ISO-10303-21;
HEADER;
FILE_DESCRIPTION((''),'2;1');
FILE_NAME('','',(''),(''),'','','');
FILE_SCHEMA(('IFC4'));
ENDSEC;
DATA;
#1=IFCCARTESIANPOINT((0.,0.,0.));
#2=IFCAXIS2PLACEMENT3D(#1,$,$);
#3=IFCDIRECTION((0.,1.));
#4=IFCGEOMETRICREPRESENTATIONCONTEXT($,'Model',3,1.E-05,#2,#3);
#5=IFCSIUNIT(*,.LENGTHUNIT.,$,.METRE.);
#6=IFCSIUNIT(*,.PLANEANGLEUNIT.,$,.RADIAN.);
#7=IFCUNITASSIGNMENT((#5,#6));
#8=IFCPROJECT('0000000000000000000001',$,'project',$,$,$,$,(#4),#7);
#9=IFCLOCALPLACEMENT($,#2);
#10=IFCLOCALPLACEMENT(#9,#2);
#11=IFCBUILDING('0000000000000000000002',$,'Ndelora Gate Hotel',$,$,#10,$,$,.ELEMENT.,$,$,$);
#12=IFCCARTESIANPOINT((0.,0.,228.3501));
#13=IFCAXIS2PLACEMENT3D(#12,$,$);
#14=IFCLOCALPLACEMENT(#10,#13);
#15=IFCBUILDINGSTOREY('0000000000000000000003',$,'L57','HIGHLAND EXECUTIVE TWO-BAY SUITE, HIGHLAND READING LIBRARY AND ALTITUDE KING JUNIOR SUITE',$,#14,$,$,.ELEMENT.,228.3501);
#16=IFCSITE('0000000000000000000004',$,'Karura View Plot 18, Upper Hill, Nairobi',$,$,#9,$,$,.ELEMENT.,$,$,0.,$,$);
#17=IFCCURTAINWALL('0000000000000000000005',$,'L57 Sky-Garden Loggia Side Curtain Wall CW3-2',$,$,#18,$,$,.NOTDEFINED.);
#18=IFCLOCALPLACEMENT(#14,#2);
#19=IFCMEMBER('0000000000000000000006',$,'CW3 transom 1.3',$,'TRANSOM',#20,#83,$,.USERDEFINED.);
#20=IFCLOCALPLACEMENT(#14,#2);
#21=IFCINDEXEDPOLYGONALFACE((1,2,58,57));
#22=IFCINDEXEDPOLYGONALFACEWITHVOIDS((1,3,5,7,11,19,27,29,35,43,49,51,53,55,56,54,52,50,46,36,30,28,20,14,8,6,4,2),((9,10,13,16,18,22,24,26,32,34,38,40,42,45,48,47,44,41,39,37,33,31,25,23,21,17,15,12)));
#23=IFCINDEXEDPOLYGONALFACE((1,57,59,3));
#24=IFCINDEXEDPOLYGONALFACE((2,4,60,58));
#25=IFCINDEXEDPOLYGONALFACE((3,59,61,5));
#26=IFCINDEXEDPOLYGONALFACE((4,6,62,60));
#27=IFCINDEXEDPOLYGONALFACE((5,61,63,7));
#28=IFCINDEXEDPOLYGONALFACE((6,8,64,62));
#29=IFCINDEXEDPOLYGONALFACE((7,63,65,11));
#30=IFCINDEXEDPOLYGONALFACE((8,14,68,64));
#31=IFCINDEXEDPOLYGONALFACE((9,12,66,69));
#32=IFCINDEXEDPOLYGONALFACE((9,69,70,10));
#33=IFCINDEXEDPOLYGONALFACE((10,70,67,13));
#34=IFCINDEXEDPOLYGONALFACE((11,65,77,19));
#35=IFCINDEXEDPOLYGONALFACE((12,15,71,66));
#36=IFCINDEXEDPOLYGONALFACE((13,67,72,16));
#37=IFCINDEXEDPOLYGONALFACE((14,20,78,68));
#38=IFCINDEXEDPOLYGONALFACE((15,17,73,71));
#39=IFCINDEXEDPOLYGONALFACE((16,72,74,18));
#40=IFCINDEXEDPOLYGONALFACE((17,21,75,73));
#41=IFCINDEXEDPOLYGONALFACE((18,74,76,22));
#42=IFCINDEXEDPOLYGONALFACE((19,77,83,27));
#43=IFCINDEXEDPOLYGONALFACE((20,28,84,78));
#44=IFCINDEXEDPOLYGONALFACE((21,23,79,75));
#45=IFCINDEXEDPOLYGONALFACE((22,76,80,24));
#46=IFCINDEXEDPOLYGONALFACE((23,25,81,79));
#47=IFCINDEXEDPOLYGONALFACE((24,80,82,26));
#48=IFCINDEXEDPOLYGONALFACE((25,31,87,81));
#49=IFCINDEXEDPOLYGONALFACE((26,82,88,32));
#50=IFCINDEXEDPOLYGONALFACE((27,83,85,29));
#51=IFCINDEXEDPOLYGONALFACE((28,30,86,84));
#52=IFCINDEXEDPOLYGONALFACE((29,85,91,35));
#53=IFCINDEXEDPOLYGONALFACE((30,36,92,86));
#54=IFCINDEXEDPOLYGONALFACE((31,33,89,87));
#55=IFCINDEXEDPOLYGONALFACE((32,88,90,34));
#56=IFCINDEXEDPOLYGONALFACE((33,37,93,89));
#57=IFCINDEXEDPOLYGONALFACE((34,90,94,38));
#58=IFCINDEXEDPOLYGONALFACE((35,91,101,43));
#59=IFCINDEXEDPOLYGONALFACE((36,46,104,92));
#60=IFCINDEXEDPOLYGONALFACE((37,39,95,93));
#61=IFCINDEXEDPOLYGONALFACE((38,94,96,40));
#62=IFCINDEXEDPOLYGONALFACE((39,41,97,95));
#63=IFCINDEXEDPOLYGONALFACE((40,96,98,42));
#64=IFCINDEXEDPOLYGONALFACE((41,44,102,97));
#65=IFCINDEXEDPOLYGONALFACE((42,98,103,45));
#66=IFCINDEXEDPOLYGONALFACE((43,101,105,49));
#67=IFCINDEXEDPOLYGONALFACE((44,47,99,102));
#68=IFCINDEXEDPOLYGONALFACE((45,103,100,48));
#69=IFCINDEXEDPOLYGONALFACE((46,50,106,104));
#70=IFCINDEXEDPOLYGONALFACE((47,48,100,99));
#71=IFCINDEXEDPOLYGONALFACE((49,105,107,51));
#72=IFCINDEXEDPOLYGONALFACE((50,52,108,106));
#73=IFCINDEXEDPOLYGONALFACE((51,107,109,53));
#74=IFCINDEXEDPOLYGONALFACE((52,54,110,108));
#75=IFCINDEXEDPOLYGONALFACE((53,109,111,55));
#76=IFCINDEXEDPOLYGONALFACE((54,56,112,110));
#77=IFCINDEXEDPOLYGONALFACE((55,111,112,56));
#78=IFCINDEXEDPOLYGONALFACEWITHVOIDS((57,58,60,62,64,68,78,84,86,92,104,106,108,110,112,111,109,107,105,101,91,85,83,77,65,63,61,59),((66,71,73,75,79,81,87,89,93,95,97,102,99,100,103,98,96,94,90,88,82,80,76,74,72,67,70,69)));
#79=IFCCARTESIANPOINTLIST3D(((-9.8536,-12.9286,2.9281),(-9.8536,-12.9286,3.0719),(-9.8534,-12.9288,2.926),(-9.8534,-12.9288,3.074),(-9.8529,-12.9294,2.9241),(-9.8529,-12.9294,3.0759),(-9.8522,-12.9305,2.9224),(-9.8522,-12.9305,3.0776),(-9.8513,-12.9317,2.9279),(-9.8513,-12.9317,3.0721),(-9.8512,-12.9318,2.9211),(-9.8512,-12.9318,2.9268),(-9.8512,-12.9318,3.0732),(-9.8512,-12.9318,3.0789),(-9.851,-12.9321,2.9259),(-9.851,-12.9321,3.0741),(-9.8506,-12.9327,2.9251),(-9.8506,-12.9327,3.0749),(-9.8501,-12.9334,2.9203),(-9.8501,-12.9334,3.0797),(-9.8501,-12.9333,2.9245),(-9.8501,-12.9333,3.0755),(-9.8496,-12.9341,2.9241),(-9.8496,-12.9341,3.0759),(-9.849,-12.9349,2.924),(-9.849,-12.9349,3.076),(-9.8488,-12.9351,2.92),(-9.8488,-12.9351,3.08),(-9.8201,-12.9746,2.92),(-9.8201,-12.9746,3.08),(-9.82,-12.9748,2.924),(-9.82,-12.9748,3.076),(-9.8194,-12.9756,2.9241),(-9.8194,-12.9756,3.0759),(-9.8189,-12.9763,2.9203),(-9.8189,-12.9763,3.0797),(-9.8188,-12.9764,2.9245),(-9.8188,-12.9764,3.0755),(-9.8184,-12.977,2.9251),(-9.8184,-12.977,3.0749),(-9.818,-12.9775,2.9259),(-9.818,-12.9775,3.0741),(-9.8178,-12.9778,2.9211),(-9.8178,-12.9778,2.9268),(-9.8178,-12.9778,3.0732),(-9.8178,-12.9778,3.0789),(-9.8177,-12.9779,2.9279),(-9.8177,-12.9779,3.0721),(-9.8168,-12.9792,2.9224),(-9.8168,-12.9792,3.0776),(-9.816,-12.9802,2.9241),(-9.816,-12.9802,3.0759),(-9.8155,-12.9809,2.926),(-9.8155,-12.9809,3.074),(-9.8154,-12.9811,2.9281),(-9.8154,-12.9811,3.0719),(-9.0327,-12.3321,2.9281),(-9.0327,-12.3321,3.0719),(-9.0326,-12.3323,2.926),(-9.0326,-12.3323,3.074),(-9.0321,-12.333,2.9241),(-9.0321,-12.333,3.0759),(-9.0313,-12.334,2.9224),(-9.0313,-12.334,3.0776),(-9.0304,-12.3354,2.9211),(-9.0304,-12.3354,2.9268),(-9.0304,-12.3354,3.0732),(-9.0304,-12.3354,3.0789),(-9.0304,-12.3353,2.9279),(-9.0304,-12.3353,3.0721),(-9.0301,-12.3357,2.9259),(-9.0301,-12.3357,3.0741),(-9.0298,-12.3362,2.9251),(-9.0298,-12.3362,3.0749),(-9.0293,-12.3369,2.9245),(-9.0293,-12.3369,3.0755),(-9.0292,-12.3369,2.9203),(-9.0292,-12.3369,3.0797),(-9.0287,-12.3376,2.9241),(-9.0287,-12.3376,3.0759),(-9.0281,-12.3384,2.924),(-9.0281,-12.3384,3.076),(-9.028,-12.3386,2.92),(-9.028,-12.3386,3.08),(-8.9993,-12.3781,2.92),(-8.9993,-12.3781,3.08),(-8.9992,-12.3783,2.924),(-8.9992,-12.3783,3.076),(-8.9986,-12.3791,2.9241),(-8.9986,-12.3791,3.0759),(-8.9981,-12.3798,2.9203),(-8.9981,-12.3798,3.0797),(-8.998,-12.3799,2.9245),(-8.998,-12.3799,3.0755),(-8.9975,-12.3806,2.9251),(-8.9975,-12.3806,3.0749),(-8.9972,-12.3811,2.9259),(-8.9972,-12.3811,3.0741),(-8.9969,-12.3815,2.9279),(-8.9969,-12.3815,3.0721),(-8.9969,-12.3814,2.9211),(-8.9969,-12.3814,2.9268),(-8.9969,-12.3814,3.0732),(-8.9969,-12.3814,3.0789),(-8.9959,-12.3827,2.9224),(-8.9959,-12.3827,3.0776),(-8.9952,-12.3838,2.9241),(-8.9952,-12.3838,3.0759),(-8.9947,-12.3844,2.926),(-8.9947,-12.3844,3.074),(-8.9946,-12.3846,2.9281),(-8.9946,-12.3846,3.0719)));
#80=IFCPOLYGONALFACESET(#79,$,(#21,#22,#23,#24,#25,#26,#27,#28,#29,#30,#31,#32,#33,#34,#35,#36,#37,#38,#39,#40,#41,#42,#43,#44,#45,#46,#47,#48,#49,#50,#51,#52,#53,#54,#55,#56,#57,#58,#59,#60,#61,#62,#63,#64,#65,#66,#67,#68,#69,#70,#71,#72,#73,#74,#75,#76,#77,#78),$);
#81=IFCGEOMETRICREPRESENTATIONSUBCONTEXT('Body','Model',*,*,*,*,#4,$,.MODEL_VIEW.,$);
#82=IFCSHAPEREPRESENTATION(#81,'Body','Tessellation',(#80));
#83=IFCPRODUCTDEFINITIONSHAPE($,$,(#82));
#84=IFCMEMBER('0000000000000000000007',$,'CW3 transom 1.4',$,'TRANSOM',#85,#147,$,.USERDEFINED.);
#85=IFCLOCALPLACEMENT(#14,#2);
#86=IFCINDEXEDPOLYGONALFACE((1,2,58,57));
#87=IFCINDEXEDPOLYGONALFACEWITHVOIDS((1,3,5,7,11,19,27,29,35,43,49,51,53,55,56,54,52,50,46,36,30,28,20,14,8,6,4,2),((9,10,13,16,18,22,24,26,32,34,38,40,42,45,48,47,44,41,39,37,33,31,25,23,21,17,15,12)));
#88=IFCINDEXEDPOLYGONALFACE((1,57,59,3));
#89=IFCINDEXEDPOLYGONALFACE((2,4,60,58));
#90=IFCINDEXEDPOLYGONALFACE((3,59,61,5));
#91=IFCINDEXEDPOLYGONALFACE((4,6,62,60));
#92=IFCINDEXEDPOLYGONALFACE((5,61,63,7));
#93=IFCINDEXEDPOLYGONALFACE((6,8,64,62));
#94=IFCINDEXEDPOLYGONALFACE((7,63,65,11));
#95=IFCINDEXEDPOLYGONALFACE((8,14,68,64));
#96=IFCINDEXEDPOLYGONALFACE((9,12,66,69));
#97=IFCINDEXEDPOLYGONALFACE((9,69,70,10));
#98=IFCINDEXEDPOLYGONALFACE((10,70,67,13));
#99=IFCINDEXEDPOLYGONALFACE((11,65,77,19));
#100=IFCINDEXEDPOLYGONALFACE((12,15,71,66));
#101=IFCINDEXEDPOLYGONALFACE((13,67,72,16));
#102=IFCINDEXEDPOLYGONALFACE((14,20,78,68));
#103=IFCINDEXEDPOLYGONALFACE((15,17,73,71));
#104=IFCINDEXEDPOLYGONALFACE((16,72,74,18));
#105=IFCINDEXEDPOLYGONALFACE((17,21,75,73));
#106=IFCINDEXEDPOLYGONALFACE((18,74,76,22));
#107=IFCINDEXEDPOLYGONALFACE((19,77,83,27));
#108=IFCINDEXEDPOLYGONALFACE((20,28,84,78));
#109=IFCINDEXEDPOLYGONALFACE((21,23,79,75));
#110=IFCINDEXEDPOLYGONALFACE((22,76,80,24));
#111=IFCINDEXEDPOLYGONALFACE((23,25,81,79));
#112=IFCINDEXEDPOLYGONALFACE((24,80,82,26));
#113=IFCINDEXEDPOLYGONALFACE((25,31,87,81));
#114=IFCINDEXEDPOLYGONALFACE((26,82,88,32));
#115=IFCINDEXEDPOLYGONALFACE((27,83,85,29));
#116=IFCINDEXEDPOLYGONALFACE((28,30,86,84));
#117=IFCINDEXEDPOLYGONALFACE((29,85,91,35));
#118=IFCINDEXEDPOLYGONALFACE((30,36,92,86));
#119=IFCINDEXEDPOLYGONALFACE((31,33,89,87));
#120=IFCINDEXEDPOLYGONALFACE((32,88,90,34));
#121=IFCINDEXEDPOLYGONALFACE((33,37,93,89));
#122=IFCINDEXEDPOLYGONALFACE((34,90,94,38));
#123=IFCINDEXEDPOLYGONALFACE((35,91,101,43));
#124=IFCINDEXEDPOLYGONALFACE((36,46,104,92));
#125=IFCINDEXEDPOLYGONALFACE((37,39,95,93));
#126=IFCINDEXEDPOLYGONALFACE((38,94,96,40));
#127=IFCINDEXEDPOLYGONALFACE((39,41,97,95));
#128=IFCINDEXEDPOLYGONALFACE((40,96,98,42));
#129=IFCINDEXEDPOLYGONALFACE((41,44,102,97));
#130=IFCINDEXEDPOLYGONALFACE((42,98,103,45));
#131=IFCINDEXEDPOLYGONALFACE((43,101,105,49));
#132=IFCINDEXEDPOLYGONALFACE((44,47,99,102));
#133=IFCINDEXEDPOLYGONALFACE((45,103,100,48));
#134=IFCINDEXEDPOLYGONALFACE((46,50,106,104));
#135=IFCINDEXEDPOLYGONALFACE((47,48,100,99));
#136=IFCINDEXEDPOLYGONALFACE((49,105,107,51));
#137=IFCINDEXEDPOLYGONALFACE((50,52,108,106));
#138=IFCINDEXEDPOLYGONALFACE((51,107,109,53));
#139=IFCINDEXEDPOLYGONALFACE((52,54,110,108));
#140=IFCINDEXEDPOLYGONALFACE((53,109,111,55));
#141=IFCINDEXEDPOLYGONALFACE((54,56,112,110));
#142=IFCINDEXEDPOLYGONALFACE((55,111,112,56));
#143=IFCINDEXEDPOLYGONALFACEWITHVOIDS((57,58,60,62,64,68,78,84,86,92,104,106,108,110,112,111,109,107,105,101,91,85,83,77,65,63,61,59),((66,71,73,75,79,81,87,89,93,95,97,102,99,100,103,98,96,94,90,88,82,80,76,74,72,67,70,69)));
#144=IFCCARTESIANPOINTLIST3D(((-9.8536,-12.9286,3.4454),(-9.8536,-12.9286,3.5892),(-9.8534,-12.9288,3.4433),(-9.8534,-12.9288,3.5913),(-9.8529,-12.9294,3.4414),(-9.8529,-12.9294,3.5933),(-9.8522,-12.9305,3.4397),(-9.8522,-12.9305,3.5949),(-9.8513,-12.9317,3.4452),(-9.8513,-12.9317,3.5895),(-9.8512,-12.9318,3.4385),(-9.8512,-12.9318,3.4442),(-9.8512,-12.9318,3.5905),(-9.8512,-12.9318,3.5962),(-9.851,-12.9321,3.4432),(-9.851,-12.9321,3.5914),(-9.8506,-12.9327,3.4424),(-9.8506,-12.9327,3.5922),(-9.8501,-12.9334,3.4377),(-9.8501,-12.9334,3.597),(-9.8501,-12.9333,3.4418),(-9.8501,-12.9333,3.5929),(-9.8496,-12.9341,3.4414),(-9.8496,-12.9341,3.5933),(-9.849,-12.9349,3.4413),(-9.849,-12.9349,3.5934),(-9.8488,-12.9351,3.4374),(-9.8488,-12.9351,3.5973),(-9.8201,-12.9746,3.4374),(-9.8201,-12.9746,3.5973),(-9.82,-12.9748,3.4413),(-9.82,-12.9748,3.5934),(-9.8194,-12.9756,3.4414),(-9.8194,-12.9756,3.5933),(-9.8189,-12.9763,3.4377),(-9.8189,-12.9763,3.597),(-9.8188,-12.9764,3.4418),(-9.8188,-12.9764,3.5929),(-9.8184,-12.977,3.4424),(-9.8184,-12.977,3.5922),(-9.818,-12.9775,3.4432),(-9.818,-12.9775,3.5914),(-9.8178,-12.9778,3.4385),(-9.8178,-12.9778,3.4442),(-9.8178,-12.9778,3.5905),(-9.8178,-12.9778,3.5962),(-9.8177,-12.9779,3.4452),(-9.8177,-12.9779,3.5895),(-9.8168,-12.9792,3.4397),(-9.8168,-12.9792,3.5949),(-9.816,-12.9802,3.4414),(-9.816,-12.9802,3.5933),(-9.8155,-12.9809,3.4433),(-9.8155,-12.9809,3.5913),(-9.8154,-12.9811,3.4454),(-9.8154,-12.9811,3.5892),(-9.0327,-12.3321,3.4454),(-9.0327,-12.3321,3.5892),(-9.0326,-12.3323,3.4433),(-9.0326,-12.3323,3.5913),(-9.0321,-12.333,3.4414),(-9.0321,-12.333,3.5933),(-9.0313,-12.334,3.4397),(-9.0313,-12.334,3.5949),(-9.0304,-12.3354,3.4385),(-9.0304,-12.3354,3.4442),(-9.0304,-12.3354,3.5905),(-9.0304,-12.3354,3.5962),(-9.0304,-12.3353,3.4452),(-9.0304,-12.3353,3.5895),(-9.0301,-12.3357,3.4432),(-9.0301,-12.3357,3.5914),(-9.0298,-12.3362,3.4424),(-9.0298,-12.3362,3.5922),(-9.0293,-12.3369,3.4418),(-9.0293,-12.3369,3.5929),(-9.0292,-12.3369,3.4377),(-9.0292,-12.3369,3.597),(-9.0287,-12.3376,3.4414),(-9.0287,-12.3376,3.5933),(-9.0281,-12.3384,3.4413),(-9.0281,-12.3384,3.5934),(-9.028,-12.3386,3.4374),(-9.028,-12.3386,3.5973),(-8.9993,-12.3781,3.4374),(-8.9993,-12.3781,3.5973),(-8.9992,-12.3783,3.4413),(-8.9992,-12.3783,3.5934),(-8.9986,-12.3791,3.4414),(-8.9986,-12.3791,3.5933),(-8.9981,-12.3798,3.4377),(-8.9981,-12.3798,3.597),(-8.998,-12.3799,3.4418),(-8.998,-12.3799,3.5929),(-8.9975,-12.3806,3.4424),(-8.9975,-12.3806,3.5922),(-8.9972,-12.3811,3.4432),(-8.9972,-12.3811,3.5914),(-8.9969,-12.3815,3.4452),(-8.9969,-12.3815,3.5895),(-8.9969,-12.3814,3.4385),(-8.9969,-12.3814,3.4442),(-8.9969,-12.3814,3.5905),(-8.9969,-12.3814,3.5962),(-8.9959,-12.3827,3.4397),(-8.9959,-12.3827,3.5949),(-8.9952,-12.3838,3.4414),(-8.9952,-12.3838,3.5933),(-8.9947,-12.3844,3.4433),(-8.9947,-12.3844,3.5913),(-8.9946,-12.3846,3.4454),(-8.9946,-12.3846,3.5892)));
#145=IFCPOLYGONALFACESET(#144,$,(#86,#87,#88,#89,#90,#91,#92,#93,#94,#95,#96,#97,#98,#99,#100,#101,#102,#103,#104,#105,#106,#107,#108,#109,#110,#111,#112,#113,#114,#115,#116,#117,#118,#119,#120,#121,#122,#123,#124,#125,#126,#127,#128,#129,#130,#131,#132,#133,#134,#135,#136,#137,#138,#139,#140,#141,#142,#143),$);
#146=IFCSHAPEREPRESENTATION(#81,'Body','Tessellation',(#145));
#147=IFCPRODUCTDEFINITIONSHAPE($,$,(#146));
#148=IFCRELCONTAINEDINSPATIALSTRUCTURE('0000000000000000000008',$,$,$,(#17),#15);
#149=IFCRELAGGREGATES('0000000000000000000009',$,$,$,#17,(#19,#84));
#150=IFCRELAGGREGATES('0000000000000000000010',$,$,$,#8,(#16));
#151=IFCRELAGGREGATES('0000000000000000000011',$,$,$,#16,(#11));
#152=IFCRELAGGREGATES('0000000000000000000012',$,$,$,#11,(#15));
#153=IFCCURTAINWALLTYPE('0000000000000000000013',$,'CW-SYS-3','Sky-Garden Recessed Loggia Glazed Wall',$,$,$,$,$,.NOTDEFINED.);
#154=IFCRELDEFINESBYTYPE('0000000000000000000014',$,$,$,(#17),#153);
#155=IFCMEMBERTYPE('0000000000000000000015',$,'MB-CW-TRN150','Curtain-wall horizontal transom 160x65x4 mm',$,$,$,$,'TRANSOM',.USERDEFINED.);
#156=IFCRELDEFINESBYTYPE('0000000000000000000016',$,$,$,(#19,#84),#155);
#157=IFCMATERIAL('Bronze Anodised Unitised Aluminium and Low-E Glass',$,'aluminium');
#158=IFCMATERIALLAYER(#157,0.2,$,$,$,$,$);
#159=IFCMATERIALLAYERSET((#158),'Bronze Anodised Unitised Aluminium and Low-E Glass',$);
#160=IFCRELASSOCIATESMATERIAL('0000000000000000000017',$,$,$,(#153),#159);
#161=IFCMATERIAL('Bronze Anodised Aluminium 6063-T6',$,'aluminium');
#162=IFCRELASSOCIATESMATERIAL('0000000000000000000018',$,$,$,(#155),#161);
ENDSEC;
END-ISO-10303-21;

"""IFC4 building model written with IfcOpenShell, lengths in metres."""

from ifc_helpers import new_model, si_unit, direction, frame, origin, origin_2d, place, context, subcontext, project, spatial, hollow_rectangle, extrude, material, layer, layer_set, material_profile, profile_set, type_object, element, aggregate, save


model = new_model("IFC4")

# Units and contexts
model_context = context("Model", 3, precision=1e-05, world=origin(), true_north=direction((0.0, 1.0)))
body_context = subcontext(model_context, "Body", "Model", "MODEL_VIEW")
ifc_project = project(units=[si_unit("LENGTHUNIT", "METRE"), si_unit("PLANEANGLEUNIT", "RADIAN")], contexts=[model_context])

# Site, building, storey
site_placement = place(None, origin())
site = spatial("IfcSite", under=ifc_project, at=site_placement, Name="Karura View Plot 18, Upper Hill, Nairobi", CompositionType="ELEMENT", RefElevation=0.0)
building_placement = place(site_placement, origin())
building = spatial("IfcBuilding", under=site, at=building_placement, Name="Ndelora Gate Hotel", CompositionType="ELEMENT")
storey_placement = place(building_placement, frame((0.0, 0.0, 228.3501)))
storey = spatial("IfcBuildingStorey", under=building, at=storey_placement, Name="L57", Description="HIGHLAND EXECUTIVE TWO-BAY SUITE, HIGHLAND READING LIBRARY AND ALTITUDE KING JUNIOR SUITE", CompositionType="ELEMENT", Elevation=228.3501)

# Curtain wall, members
ifc_material_1 = material(Name="Bronze Anodised Unitised Aluminium and Low-E Glass", Category="aluminium")
ifc_layer_1 = layer(ifc_material_1, 0.2)
ifc_layer_set_1 = layer_set([ifc_layer_1], Name="Bronze Anodised Unitised Aluminium and Low-E Glass")
curtain_wall_type = type_object("IfcCurtainWallType", Name="CW-SYS-3", Description="Sky-Garden Recessed Loggia Glazed Wall", PredefinedType="NOTDEFINED", material=ifc_layer_set_1)
curtain_wall_placement = place(storey_placement, origin())
curtain_wall = element("IfcCurtainWall", 1, at=curtain_wall_placement, inside=storey, type_object=curtain_wall_type, Name="L57 Sky-Garden Loggia Side Curtain Wall CW3-2", PredefinedType="NOTDEFINED")
ifc_material_2 = material(Name="Bronze Anodised Aluminium 6063-T6", Category="aluminium")
ifc_material_profile_1 = material_profile(ifc_material_2, hollow_rectangle(XDim=0.0649, YDim=0.1599, WallThickness=0.0039, InnerFilletRadius=0.0039, OuterFilletRadius=0.0081, at=origin_2d()), Name="ALU 160x65x4")
ifc_profile_set_1 = profile_set([ifc_material_profile_1], Name="Bronze Anodised Aluminium 6063-T6")
member_type_1 = type_object("IfcMemberType", Name="MB-CW-TRN150", Description="Curtain-wall horizontal transom 160x65x4 mm", ElementType="TRANSOM", PredefinedType="USERDEFINED", material=ifc_profile_set_1)
member_1_placement = place(storey_placement, frame((-9.8345, -12.9548, 3.0), z_axis=(0.808975, 0.587843, 0.0), x_axis=(-0.587843, 0.808975, 0.0)))
member_1 = element("IfcMember", 2, at=member_1_placement, type_object=member_type_1, Name="CW3 transom 1.3", ObjectType="TRANSOM", PredefinedType="USERDEFINED", context=body_context, shape_type="SweptSolid", body=[
    extrude(hollow_rectangle(XDim=0.0649, YDim=0.1599, WallThickness=0.0039, InnerFilletRadius=0.0039, OuterFilletRadius=0.0081, at=origin_2d()), origin(), (0.0, 0.0, 1.0), 1.0146),
])
member_2_placement = place(storey_placement, frame((-9.8345, -12.9548, 3.5173), z_axis=(0.808975, 0.587843, 0.0), x_axis=(-0.587843, 0.808975, 0.0)))
member_2 = element("IfcMember", 3, at=member_2_placement, type_object=member_type_1, Name="CW3 transom 1.4", ObjectType="TRANSOM", PredefinedType="USERDEFINED", context=body_context, shape_type="SweptSolid", body=[
    extrude(hollow_rectangle(XDim=0.0649, YDim=0.1599, WallThickness=0.0039, InnerFilletRadius=0.0039, OuterFilletRadius=0.0081, at=origin_2d()), origin(), (0.0, 0.0, 1.0), 1.0146),
])
aggregate(curtain_wall, [member_1, member_2])

save(model, "model.ifc")
